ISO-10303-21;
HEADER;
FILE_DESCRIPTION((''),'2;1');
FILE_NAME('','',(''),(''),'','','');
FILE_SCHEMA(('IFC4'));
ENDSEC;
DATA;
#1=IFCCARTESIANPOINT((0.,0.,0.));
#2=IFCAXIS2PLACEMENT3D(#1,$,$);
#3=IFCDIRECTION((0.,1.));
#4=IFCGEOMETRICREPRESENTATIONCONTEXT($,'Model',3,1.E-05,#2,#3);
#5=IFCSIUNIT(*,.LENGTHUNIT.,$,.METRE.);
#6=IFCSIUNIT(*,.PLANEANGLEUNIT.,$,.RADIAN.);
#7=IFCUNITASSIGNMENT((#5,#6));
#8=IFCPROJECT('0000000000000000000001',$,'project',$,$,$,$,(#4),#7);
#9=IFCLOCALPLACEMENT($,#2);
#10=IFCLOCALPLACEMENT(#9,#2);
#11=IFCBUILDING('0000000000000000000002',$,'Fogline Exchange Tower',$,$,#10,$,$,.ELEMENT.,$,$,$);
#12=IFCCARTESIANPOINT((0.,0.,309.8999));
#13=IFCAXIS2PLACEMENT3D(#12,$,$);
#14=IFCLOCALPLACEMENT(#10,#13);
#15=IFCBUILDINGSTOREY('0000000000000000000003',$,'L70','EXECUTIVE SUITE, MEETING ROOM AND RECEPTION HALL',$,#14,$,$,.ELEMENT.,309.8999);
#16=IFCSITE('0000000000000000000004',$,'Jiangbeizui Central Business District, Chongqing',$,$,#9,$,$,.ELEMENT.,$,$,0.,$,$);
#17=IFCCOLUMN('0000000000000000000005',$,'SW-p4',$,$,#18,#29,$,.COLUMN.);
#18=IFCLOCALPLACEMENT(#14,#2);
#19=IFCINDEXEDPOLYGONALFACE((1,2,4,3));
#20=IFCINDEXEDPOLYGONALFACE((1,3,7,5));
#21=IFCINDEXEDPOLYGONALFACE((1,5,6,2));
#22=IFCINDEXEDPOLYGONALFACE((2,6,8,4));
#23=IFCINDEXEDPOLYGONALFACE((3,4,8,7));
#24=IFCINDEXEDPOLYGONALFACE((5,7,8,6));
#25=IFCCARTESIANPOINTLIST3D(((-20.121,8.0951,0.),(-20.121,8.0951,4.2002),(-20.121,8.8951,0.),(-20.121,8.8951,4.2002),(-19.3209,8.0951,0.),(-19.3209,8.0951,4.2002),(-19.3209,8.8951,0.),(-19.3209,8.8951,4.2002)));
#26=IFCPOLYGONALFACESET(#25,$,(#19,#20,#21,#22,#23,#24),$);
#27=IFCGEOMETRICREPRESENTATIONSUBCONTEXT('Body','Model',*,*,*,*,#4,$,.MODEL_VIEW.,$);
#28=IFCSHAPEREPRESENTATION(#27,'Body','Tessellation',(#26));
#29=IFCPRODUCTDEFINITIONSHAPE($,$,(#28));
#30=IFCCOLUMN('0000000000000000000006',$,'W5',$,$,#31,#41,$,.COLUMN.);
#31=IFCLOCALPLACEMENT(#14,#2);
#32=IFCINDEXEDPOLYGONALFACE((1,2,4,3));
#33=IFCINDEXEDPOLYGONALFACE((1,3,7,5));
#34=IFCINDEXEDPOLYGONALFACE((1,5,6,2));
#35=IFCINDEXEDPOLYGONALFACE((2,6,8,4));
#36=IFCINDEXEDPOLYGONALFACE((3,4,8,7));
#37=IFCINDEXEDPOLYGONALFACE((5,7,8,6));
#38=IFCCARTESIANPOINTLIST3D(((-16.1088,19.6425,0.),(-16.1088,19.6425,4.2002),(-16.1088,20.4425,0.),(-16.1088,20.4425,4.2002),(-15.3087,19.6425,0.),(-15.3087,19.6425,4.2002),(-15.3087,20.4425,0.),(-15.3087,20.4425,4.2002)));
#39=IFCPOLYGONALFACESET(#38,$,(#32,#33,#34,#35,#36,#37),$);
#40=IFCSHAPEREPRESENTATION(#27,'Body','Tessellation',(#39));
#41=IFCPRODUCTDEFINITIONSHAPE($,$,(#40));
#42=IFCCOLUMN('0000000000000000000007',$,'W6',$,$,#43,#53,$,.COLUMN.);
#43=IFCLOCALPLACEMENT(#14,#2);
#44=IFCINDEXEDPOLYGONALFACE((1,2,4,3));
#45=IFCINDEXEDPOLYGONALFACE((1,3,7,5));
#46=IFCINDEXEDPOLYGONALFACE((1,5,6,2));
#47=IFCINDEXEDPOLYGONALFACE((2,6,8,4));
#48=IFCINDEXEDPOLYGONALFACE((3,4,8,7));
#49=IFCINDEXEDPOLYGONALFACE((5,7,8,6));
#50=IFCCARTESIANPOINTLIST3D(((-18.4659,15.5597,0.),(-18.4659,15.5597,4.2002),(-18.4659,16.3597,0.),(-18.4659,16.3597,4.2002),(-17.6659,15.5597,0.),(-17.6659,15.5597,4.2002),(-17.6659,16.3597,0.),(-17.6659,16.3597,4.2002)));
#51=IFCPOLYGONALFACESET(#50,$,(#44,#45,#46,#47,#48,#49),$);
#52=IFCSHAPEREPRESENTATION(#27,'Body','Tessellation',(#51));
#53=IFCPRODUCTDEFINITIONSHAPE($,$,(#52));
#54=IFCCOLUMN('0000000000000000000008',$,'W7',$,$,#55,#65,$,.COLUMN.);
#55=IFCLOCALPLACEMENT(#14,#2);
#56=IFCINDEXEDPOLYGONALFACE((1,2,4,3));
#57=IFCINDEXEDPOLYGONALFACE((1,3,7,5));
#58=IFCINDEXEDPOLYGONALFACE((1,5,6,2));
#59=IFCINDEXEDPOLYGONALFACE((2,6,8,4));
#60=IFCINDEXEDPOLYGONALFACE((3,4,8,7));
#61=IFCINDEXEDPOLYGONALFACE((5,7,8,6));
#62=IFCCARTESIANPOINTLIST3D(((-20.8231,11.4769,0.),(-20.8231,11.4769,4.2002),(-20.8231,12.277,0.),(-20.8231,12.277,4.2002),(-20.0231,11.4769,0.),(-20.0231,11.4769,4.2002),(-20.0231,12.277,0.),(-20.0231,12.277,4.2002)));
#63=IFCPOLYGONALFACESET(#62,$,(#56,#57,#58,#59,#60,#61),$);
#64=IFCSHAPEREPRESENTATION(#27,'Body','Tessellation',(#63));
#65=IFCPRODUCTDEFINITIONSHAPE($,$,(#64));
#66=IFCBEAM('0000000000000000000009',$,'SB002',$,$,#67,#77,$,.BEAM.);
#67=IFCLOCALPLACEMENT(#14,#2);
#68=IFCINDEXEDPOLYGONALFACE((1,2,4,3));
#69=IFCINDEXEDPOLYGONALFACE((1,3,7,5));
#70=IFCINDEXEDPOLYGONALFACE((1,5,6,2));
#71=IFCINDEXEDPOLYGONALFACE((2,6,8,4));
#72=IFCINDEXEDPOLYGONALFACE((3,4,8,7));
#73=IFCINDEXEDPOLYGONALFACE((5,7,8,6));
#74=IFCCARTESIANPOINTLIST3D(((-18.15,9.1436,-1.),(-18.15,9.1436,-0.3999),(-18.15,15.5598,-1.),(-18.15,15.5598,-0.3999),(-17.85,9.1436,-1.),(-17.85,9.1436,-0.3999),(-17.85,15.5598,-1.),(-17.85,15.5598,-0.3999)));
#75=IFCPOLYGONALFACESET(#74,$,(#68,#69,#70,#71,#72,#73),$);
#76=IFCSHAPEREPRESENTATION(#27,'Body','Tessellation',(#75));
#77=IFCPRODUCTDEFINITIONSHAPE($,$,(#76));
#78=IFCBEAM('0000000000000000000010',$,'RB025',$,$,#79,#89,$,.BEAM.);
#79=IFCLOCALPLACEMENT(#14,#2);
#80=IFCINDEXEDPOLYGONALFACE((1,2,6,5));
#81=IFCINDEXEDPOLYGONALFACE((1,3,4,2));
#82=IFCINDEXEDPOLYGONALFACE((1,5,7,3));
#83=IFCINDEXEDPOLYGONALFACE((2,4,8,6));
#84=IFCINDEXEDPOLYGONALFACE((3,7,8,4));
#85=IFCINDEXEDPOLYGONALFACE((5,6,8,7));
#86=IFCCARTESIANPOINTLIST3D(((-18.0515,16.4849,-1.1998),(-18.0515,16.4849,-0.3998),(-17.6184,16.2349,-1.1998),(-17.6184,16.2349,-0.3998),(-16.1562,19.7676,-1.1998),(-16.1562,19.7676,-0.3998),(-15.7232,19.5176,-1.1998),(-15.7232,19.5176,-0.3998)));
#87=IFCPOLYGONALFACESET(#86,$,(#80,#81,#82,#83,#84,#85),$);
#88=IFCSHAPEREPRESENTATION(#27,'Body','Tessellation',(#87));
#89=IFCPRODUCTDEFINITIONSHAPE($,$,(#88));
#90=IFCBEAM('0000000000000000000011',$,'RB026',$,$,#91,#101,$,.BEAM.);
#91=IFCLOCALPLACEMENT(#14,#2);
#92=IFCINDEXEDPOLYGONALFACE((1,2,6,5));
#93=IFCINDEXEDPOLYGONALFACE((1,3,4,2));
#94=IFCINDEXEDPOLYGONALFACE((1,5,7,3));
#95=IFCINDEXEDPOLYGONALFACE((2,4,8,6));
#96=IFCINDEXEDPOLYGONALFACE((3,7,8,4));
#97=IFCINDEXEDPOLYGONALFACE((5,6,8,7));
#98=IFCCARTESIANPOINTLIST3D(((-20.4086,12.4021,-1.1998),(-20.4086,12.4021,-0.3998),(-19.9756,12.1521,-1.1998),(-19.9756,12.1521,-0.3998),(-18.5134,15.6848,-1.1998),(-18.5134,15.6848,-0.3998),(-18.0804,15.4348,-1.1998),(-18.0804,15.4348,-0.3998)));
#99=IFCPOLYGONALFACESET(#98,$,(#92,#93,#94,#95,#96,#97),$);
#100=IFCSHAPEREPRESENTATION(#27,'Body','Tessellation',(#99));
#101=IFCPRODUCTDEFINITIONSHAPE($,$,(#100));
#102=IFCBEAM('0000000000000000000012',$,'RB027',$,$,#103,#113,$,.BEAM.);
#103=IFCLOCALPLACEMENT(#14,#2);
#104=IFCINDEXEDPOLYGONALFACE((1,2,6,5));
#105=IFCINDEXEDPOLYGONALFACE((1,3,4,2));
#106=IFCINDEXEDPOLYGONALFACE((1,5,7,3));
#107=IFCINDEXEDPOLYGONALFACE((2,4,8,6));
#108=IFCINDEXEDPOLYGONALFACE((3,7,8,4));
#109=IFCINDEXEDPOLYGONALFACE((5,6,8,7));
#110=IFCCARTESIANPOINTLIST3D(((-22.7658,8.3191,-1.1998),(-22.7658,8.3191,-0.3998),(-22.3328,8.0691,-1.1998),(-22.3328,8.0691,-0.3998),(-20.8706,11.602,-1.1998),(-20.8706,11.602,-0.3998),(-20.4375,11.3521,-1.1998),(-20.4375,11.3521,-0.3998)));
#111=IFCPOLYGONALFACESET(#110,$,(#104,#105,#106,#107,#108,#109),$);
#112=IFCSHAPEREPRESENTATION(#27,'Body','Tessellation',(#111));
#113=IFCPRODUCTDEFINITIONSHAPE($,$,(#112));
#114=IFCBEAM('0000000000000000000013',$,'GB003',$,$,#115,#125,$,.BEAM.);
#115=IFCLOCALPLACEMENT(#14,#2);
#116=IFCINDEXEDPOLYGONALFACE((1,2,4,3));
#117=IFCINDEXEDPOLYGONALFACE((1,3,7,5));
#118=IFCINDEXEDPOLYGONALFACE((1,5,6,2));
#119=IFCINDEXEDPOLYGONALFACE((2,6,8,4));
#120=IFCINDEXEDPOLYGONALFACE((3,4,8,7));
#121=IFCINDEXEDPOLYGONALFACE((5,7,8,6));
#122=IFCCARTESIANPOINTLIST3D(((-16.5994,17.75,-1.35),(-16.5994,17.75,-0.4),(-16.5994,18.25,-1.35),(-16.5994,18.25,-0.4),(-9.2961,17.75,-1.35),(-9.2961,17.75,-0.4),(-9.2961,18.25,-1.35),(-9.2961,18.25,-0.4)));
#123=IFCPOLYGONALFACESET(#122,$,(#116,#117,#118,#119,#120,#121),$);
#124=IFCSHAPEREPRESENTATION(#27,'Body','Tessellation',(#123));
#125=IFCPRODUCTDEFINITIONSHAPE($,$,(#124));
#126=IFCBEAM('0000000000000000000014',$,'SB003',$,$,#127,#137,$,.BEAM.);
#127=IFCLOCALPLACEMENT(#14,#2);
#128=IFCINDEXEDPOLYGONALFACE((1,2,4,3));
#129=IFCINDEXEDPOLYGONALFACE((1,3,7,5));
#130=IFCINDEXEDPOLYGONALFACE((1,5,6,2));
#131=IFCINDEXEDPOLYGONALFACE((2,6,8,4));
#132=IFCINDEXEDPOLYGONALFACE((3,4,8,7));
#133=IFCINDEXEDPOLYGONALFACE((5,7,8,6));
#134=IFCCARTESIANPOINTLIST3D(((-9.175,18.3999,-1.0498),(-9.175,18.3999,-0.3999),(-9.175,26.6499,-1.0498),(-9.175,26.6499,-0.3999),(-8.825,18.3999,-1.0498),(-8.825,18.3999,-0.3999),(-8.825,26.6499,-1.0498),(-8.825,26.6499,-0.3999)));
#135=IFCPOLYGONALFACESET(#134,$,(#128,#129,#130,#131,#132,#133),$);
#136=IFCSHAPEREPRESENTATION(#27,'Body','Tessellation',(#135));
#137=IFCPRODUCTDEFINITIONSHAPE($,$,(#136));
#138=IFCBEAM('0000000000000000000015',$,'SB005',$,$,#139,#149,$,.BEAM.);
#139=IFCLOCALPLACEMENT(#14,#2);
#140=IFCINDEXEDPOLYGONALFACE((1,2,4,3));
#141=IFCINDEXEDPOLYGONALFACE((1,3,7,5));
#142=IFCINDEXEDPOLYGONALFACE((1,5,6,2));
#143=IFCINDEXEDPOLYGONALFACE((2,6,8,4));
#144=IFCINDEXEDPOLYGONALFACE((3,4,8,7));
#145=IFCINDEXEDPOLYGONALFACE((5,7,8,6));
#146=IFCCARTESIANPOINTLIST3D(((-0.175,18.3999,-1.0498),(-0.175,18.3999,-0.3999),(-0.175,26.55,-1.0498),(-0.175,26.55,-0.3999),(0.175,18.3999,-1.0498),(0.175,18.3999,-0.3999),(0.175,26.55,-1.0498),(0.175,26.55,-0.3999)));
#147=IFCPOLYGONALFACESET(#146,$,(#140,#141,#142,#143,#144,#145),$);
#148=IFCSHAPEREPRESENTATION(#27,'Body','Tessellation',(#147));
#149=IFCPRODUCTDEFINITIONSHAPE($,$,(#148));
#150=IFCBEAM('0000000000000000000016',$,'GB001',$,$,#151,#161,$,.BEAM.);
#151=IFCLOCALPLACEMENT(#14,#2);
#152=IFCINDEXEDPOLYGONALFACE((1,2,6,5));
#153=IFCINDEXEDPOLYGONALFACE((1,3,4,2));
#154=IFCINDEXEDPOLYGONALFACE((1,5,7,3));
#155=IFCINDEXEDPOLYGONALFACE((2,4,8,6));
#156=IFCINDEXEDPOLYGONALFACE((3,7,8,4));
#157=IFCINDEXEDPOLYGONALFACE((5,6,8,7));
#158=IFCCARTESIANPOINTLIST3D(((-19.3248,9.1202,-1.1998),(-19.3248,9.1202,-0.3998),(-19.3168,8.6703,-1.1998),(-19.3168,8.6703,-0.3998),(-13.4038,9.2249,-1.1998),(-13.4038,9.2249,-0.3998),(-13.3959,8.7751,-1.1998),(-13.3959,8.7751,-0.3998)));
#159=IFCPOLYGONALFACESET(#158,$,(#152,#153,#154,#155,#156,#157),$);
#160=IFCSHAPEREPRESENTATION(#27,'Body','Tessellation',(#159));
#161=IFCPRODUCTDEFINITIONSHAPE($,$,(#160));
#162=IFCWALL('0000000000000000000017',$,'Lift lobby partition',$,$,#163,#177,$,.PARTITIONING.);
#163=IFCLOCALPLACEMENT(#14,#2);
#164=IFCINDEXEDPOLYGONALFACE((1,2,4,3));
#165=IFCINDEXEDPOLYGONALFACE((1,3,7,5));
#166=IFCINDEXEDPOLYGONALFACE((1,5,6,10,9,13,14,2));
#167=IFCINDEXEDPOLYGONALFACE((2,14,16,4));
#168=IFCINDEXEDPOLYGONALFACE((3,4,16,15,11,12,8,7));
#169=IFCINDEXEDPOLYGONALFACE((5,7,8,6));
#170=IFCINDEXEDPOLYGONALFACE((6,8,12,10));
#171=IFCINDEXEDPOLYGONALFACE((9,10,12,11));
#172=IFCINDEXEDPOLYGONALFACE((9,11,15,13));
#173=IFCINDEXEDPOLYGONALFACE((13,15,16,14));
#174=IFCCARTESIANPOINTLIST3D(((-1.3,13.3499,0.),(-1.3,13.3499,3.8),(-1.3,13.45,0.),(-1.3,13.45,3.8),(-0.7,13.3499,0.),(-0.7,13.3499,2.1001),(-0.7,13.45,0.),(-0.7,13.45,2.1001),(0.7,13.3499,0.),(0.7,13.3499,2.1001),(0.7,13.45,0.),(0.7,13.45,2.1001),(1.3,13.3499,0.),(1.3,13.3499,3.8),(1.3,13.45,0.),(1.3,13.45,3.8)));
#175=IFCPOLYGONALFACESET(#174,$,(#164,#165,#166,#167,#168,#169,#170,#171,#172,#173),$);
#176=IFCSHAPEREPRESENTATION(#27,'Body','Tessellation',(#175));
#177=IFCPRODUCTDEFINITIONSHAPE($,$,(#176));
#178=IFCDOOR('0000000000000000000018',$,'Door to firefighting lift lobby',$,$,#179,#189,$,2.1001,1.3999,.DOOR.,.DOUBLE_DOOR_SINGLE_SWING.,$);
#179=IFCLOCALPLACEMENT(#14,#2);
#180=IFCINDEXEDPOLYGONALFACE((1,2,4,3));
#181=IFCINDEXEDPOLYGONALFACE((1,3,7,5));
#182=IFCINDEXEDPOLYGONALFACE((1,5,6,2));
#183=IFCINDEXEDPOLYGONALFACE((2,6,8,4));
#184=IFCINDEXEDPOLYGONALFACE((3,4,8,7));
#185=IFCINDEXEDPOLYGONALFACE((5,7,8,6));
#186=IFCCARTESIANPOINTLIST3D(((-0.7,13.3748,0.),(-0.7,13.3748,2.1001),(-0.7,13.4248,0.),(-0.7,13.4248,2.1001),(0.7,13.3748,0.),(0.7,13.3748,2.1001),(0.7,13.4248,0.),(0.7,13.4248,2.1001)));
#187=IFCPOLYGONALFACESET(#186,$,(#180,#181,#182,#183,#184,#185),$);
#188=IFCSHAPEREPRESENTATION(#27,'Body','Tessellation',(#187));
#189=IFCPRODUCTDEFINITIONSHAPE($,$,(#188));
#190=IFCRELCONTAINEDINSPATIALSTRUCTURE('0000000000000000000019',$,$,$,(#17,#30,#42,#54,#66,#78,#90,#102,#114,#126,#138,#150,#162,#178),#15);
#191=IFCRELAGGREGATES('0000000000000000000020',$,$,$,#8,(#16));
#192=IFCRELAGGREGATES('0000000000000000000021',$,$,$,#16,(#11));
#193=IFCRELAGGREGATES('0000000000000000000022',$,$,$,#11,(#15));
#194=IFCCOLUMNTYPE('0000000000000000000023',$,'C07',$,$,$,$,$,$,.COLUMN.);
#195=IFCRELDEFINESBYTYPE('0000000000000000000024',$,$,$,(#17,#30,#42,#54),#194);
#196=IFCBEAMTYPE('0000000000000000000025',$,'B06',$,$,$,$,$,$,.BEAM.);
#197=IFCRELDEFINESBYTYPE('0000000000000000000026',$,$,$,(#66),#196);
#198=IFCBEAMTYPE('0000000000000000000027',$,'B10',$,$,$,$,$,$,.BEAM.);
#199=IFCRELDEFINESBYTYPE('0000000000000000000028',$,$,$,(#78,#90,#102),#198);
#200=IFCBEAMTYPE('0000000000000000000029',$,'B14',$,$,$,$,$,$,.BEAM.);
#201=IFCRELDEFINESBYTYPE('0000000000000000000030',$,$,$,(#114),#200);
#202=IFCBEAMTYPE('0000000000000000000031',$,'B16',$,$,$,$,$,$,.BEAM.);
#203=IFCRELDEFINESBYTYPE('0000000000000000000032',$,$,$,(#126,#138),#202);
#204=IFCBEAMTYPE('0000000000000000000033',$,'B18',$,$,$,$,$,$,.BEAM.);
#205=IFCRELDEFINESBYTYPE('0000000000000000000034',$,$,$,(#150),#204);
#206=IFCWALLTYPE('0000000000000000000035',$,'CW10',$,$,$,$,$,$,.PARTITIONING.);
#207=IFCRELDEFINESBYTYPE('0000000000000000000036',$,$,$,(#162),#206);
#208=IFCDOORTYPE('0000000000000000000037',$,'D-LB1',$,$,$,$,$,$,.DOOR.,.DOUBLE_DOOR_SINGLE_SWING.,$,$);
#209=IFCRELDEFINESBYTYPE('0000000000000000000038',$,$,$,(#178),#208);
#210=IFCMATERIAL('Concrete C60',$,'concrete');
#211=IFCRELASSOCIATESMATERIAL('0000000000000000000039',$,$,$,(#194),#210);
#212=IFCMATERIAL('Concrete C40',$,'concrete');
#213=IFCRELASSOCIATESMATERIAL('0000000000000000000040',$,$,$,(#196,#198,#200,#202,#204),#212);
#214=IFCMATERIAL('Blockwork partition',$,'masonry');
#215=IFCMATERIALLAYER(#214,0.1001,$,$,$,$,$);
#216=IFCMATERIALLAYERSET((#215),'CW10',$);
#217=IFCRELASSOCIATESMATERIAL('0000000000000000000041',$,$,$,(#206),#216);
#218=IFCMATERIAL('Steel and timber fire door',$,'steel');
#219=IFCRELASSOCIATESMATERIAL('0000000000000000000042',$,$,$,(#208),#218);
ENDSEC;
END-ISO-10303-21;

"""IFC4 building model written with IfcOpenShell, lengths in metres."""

from ifc_helpers import new_model, si_unit, direction, frame, frame_2d, origin, origin_2d, place, context, subcontext, project, spatial, rectangle, extrude, material, layer, layer_set, material_profile, profile_set, type_object, element, fill, save


model = new_model("IFC4")

# Units and contexts
model_context = context("Model", 3, precision=1e-05, world=origin(), true_north=direction((0.0, 1.0)))
body_context = subcontext(model_context, "Body", "Model", "MODEL_VIEW")
ifc_project = project(units=[si_unit("LENGTHUNIT", "METRE"), si_unit("PLANEANGLEUNIT", "RADIAN")], contexts=[model_context])

# Site, building, storey
site_placement = place(None, origin())
site = spatial("IfcSite", under=ifc_project, at=site_placement, Name="Jiangbeizui Central Business District, Chongqing", CompositionType="ELEMENT", RefElevation=0.0)
building_placement = place(site_placement, origin())
building = spatial("IfcBuilding", under=site, at=building_placement, Name="Fogline Exchange Tower", CompositionType="ELEMENT")
storey_placement = place(building_placement, frame((0.0, 0.0, 309.8999)))
storey = spatial("IfcBuildingStorey", under=building, at=storey_placement, Name="L70", Description="EXECUTIVE SUITE, MEETING ROOM AND RECEPTION HALL", CompositionType="ELEMENT", Elevation=309.8999)

# Columns
ifc_material_1 = material(Name="Concrete C60", Category="concrete")
ifc_material_profile_1 = material_profile(ifc_material_1, rectangle(XDim=0.8, YDim=0.8, at=origin_2d()), Name="RC 800x800")
ifc_profile_set_1 = profile_set([ifc_material_profile_1], Name="Concrete C60")
column_type = type_object("IfcColumnType", Name="C07", PredefinedType="COLUMN", material=ifc_profile_set_1)
for number, where, z_axis, x_axis, name in (
    (1, (-19.7209, 8.4951, 0.0), (0.0, 0.0, 1.0), (1.0, 0.0, 0.0), "SW-p4"),
    (2, (-15.7087, 20.0425, 0.0), (0.0, 0.0, 1.0), (1.0, 0.0, 0.0), "W5"),
    (3, (-18.0659, 15.9597, 0.0), (0.0, 0.0, 1.0), (1.0, 0.0, 0.0), "W6"),
    (4, (-20.4231, 11.877, 0.0), (0.0, 0.0, 1.0), (1.0, 0.0, 0.0), "W7"),
):
    element("IfcColumn", number, at=place(storey_placement, frame(where, z_axis=z_axis, x_axis=x_axis)), inside=storey, type_object=column_type, Name=name, PredefinedType="COLUMN", context=body_context, shape_type="SweptSolid", body=[
        extrude(rectangle(XDim=0.8, YDim=0.8, at=origin_2d()), origin(), (0.0, 0.0, 1.0), 4.2002),
    ])

# Beams
ifc_material_2 = material(Name="Concrete C40", Category="concrete")
ifc_material_profile_2 = material_profile(ifc_material_2, rectangle(XDim=0.3, YDim=0.6001, at=origin_2d()), Name="RC 300x600")
ifc_profile_set_2 = profile_set([ifc_material_profile_2], Name="Concrete C40")
beam_type_1 = type_object("IfcBeamType", Name="B06", PredefinedType="BEAM", material=ifc_profile_set_2)
beam_1_placement = place(storey_placement, frame((-18.0, 9.1436, -0.7), z_axis=(0.0, 1.0, 0.0), x_axis=(-1.0, 0.0, 0.0)))
element("IfcBeam", 5, at=beam_1_placement, inside=storey, type_object=beam_type_1, Name="SB002", PredefinedType="BEAM", context=body_context, shape_type="SweptSolid", body=[
    extrude(rectangle(XDim=0.3, YDim=0.6001, at=origin_2d()), origin(), (0.0, 0.0, 1.0), 6.4163),
])
ifc_material_profile_3 = material_profile(ifc_material_2, rectangle(XDim=0.5, YDim=0.8, at=origin_2d()), Name="RC 500x800")
ifc_profile_set_3 = profile_set([ifc_material_profile_3], Name="Concrete C40")
beam_type_2 = type_object("IfcBeamType", Name="B10", PredefinedType="BEAM", material=ifc_profile_set_3)
for number, where, z_axis, x_axis, name in (
    (6, (-15.9397, 19.6426, -0.7998), (-0.499998, -0.866027, 0.0), (0.866027, -0.499998, 0.0), "RB025"),
    (7, (-18.2969, 15.5598, -0.7998), (-0.499998, -0.866027, 0.0), (0.866027, -0.499998, 0.0), "RB026"),
):
    element("IfcBeam", number, at=place(storey_placement, frame(where, z_axis=z_axis, x_axis=x_axis)), inside=storey, type_object=beam_type_2, Name=name, PredefinedType="BEAM", context=body_context, shape_type="SweptSolid", body=[
        extrude(rectangle(XDim=0.5, YDim=0.8, at=origin_2d()), origin(), (0.0, 0.0, 1.0), 3.7905),
    ])
beam_2_placement = place(storey_placement, frame((-20.6541, 11.4771, -0.7998), z_axis=(-0.49997, -0.866043, 0.0), x_axis=(0.866043, -0.49997, 0.0)))
element("IfcBeam", 8, at=beam_2_placement, inside=storey, type_object=beam_type_2, Name="RB027", PredefinedType="BEAM", context=body_context, shape_type="SweptSolid", body=[
    extrude(rectangle(XDim=0.5, YDim=0.8, at=origin_2d()), origin(), (0.0, 0.0, 1.0), 3.7908),
])
ifc_material_profile_4 = material_profile(ifc_material_2, rectangle(XDim=0.5, YDim=0.95, at=origin_2d()), Name="RC 500x950")
ifc_profile_set_4 = profile_set([ifc_material_profile_4], Name="Concrete C40")
beam_type_3 = type_object("IfcBeamType", Name="B14", PredefinedType="BEAM", material=ifc_profile_set_4)
beam_3_placement = place(storey_placement, frame((-16.5994, 18.0, -0.875), z_axis=(1.0, 0.0, 0.0), x_axis=(0.0, 1.0, 0.0)))
element("IfcBeam", 9, at=beam_3_placement, inside=storey, type_object=beam_type_3, Name="GB003", PredefinedType="BEAM", context=body_context, shape_type="SweptSolid", body=[
    extrude(rectangle(XDim=0.5, YDim=0.95, at=origin_2d()), origin(), (0.0, 0.0, 1.0), 7.3032),
])
ifc_material_profile_5 = material_profile(ifc_material_2, rectangle(XDim=0.3501, YDim=0.6499, at=origin_2d()), Name="RC 350x650")
ifc_profile_set_5 = profile_set([ifc_material_profile_5], Name="Concrete C40")
beam_type_4 = type_object("IfcBeamType", Name="B16", PredefinedType="BEAM", material=ifc_profile_set_5)
beam_4_placement = place(storey_placement, frame((-9.0, 18.3999, -0.7249), z_axis=(0.0, 1.0, 0.0), x_axis=(-1.0, 0.0, 0.0)))
element("IfcBeam", 10, at=beam_4_placement, inside=storey, type_object=beam_type_4, Name="SB003", PredefinedType="BEAM", context=body_context, shape_type="SweptSolid", body=[
    extrude(rectangle(XDim=0.3501, YDim=0.6499, at=origin_2d()), origin(), (0.0, 0.0, 1.0), 8.25),
])
beam_5_placement = place(storey_placement, frame((0.0, 18.3999, -0.7249), z_axis=(0.0, 1.0, 0.0), x_axis=(-1.0, 0.0, 0.0)))
element("IfcBeam", 11, at=beam_5_placement, inside=storey, type_object=beam_type_4, Name="SB005", PredefinedType="BEAM", context=body_context, shape_type="SweptSolid", body=[
    extrude(rectangle(XDim=0.3501, YDim=0.6499, at=origin_2d()), origin(), (0.0, 0.0, 1.0), 8.1501),
])
ifc_material_profile_6 = material_profile(ifc_material_2, rectangle(XDim=0.45, YDim=0.8, at=origin_2d()), Name="RC 450x800")
ifc_profile_set_6 = profile_set([ifc_material_profile_6], Name="Concrete C40")
beam_type_5 = type_object("IfcBeamType", Name="B18", PredefinedType="BEAM", material=ifc_profile_set_6)
beam_6_placement = place(storey_placement, frame((-19.3208, 8.8953, -0.7998), z_axis=(0.999844, 0.017686, 0.0), x_axis=(-0.017686, 0.999844, 0.0)))
element("IfcBeam", 12, at=beam_6_placement, inside=storey, type_object=beam_type_5, Name="GB001", PredefinedType="BEAM", context=body_context, shape_type="SweptSolid", body=[
    extrude(rectangle(XDim=0.45, YDim=0.8, at=origin_2d()), origin(), (0.0, 0.0, 1.0), 5.9219),
])

# Wall, opening, door
ifc_material_3 = material(Name="Blockwork partition", Category="masonry")
ifc_layer_1 = layer(ifc_material_3, 0.1001)
ifc_layer_set_1 = layer_set([ifc_layer_1], Name="CW10")
wall_type_1 = type_object("IfcWallType", Name="CW10", PredefinedType="PARTITIONING", material=ifc_layer_set_1)
wall_1_placement = place(storey_placement, frame((-1.3, 13.3999, 0.0), z_axis=(0.0, 0.0, 1.0), x_axis=(1.0, 0.0, 0.0)))
wall_1 = element("IfcWall", 13, at=wall_1_placement, inside=storey, type_object=wall_type_1, Name="Lift lobby partition", PredefinedType="PARTITIONING", context=body_context, shape_type="SweptSolid", body=[
    extrude(rectangle(XDim=2.6001, YDim=0.1001, at=frame_2d((1.3, 0.0))), origin(), (0.0, 0.0, 1.0), 3.8),
])
opening_1_placement = place(wall_1_placement, frame((0.6001, 0.0, 0.0)))
opening_1 = element("IfcOpeningElement", 14, at=opening_1_placement, cuts=wall_1, PredefinedType="OPENING", context=body_context, shape_type="SweptSolid", body=[
    extrude(rectangle(XDim=1.3999, YDim=2.1001, at=frame_2d((0.7, 1.05))), frame((0.0, 0.0601, 0.0), z_axis=(0.0, -1.0, 0.0), x_axis=(1.0, 0.0, 0.0)), (0.0, 0.0, 1.0), 0.1201),
])
ifc_material_4 = material(Name="Steel and timber fire door", Category="steel")
door_type_1 = type_object("IfcDoorType", Name="D-LB1", OperationType="DOUBLE_DOOR_SINGLE_SWING", PredefinedType="DOOR", material=ifc_material_4)
door_1_placement = place(opening_1_placement, origin())
door_1 = element("IfcDoor", 15, at=door_1_placement, inside=storey, type_object=door_type_1, Name="Door to firefighting lift lobby", OperationType="DOUBLE_DOOR_SINGLE_SWING", OverallHeight=2.1001, OverallWidth=1.3999, PredefinedType="DOOR", context=body_context, shape_type="SweptSolid", body=[
    extrude(rectangle(XDim=1.3999, YDim=2.1001, at=frame_2d((0.7, 1.05))), frame((0.0, 0.0249, 0.0), z_axis=(0.0, -1.0, 0.0), x_axis=(1.0, 0.0, 0.0)), (0.0, 0.0, 1.0), 0.05),
])
fill(opening_1, door_1)

save(model, "model.ifc")
